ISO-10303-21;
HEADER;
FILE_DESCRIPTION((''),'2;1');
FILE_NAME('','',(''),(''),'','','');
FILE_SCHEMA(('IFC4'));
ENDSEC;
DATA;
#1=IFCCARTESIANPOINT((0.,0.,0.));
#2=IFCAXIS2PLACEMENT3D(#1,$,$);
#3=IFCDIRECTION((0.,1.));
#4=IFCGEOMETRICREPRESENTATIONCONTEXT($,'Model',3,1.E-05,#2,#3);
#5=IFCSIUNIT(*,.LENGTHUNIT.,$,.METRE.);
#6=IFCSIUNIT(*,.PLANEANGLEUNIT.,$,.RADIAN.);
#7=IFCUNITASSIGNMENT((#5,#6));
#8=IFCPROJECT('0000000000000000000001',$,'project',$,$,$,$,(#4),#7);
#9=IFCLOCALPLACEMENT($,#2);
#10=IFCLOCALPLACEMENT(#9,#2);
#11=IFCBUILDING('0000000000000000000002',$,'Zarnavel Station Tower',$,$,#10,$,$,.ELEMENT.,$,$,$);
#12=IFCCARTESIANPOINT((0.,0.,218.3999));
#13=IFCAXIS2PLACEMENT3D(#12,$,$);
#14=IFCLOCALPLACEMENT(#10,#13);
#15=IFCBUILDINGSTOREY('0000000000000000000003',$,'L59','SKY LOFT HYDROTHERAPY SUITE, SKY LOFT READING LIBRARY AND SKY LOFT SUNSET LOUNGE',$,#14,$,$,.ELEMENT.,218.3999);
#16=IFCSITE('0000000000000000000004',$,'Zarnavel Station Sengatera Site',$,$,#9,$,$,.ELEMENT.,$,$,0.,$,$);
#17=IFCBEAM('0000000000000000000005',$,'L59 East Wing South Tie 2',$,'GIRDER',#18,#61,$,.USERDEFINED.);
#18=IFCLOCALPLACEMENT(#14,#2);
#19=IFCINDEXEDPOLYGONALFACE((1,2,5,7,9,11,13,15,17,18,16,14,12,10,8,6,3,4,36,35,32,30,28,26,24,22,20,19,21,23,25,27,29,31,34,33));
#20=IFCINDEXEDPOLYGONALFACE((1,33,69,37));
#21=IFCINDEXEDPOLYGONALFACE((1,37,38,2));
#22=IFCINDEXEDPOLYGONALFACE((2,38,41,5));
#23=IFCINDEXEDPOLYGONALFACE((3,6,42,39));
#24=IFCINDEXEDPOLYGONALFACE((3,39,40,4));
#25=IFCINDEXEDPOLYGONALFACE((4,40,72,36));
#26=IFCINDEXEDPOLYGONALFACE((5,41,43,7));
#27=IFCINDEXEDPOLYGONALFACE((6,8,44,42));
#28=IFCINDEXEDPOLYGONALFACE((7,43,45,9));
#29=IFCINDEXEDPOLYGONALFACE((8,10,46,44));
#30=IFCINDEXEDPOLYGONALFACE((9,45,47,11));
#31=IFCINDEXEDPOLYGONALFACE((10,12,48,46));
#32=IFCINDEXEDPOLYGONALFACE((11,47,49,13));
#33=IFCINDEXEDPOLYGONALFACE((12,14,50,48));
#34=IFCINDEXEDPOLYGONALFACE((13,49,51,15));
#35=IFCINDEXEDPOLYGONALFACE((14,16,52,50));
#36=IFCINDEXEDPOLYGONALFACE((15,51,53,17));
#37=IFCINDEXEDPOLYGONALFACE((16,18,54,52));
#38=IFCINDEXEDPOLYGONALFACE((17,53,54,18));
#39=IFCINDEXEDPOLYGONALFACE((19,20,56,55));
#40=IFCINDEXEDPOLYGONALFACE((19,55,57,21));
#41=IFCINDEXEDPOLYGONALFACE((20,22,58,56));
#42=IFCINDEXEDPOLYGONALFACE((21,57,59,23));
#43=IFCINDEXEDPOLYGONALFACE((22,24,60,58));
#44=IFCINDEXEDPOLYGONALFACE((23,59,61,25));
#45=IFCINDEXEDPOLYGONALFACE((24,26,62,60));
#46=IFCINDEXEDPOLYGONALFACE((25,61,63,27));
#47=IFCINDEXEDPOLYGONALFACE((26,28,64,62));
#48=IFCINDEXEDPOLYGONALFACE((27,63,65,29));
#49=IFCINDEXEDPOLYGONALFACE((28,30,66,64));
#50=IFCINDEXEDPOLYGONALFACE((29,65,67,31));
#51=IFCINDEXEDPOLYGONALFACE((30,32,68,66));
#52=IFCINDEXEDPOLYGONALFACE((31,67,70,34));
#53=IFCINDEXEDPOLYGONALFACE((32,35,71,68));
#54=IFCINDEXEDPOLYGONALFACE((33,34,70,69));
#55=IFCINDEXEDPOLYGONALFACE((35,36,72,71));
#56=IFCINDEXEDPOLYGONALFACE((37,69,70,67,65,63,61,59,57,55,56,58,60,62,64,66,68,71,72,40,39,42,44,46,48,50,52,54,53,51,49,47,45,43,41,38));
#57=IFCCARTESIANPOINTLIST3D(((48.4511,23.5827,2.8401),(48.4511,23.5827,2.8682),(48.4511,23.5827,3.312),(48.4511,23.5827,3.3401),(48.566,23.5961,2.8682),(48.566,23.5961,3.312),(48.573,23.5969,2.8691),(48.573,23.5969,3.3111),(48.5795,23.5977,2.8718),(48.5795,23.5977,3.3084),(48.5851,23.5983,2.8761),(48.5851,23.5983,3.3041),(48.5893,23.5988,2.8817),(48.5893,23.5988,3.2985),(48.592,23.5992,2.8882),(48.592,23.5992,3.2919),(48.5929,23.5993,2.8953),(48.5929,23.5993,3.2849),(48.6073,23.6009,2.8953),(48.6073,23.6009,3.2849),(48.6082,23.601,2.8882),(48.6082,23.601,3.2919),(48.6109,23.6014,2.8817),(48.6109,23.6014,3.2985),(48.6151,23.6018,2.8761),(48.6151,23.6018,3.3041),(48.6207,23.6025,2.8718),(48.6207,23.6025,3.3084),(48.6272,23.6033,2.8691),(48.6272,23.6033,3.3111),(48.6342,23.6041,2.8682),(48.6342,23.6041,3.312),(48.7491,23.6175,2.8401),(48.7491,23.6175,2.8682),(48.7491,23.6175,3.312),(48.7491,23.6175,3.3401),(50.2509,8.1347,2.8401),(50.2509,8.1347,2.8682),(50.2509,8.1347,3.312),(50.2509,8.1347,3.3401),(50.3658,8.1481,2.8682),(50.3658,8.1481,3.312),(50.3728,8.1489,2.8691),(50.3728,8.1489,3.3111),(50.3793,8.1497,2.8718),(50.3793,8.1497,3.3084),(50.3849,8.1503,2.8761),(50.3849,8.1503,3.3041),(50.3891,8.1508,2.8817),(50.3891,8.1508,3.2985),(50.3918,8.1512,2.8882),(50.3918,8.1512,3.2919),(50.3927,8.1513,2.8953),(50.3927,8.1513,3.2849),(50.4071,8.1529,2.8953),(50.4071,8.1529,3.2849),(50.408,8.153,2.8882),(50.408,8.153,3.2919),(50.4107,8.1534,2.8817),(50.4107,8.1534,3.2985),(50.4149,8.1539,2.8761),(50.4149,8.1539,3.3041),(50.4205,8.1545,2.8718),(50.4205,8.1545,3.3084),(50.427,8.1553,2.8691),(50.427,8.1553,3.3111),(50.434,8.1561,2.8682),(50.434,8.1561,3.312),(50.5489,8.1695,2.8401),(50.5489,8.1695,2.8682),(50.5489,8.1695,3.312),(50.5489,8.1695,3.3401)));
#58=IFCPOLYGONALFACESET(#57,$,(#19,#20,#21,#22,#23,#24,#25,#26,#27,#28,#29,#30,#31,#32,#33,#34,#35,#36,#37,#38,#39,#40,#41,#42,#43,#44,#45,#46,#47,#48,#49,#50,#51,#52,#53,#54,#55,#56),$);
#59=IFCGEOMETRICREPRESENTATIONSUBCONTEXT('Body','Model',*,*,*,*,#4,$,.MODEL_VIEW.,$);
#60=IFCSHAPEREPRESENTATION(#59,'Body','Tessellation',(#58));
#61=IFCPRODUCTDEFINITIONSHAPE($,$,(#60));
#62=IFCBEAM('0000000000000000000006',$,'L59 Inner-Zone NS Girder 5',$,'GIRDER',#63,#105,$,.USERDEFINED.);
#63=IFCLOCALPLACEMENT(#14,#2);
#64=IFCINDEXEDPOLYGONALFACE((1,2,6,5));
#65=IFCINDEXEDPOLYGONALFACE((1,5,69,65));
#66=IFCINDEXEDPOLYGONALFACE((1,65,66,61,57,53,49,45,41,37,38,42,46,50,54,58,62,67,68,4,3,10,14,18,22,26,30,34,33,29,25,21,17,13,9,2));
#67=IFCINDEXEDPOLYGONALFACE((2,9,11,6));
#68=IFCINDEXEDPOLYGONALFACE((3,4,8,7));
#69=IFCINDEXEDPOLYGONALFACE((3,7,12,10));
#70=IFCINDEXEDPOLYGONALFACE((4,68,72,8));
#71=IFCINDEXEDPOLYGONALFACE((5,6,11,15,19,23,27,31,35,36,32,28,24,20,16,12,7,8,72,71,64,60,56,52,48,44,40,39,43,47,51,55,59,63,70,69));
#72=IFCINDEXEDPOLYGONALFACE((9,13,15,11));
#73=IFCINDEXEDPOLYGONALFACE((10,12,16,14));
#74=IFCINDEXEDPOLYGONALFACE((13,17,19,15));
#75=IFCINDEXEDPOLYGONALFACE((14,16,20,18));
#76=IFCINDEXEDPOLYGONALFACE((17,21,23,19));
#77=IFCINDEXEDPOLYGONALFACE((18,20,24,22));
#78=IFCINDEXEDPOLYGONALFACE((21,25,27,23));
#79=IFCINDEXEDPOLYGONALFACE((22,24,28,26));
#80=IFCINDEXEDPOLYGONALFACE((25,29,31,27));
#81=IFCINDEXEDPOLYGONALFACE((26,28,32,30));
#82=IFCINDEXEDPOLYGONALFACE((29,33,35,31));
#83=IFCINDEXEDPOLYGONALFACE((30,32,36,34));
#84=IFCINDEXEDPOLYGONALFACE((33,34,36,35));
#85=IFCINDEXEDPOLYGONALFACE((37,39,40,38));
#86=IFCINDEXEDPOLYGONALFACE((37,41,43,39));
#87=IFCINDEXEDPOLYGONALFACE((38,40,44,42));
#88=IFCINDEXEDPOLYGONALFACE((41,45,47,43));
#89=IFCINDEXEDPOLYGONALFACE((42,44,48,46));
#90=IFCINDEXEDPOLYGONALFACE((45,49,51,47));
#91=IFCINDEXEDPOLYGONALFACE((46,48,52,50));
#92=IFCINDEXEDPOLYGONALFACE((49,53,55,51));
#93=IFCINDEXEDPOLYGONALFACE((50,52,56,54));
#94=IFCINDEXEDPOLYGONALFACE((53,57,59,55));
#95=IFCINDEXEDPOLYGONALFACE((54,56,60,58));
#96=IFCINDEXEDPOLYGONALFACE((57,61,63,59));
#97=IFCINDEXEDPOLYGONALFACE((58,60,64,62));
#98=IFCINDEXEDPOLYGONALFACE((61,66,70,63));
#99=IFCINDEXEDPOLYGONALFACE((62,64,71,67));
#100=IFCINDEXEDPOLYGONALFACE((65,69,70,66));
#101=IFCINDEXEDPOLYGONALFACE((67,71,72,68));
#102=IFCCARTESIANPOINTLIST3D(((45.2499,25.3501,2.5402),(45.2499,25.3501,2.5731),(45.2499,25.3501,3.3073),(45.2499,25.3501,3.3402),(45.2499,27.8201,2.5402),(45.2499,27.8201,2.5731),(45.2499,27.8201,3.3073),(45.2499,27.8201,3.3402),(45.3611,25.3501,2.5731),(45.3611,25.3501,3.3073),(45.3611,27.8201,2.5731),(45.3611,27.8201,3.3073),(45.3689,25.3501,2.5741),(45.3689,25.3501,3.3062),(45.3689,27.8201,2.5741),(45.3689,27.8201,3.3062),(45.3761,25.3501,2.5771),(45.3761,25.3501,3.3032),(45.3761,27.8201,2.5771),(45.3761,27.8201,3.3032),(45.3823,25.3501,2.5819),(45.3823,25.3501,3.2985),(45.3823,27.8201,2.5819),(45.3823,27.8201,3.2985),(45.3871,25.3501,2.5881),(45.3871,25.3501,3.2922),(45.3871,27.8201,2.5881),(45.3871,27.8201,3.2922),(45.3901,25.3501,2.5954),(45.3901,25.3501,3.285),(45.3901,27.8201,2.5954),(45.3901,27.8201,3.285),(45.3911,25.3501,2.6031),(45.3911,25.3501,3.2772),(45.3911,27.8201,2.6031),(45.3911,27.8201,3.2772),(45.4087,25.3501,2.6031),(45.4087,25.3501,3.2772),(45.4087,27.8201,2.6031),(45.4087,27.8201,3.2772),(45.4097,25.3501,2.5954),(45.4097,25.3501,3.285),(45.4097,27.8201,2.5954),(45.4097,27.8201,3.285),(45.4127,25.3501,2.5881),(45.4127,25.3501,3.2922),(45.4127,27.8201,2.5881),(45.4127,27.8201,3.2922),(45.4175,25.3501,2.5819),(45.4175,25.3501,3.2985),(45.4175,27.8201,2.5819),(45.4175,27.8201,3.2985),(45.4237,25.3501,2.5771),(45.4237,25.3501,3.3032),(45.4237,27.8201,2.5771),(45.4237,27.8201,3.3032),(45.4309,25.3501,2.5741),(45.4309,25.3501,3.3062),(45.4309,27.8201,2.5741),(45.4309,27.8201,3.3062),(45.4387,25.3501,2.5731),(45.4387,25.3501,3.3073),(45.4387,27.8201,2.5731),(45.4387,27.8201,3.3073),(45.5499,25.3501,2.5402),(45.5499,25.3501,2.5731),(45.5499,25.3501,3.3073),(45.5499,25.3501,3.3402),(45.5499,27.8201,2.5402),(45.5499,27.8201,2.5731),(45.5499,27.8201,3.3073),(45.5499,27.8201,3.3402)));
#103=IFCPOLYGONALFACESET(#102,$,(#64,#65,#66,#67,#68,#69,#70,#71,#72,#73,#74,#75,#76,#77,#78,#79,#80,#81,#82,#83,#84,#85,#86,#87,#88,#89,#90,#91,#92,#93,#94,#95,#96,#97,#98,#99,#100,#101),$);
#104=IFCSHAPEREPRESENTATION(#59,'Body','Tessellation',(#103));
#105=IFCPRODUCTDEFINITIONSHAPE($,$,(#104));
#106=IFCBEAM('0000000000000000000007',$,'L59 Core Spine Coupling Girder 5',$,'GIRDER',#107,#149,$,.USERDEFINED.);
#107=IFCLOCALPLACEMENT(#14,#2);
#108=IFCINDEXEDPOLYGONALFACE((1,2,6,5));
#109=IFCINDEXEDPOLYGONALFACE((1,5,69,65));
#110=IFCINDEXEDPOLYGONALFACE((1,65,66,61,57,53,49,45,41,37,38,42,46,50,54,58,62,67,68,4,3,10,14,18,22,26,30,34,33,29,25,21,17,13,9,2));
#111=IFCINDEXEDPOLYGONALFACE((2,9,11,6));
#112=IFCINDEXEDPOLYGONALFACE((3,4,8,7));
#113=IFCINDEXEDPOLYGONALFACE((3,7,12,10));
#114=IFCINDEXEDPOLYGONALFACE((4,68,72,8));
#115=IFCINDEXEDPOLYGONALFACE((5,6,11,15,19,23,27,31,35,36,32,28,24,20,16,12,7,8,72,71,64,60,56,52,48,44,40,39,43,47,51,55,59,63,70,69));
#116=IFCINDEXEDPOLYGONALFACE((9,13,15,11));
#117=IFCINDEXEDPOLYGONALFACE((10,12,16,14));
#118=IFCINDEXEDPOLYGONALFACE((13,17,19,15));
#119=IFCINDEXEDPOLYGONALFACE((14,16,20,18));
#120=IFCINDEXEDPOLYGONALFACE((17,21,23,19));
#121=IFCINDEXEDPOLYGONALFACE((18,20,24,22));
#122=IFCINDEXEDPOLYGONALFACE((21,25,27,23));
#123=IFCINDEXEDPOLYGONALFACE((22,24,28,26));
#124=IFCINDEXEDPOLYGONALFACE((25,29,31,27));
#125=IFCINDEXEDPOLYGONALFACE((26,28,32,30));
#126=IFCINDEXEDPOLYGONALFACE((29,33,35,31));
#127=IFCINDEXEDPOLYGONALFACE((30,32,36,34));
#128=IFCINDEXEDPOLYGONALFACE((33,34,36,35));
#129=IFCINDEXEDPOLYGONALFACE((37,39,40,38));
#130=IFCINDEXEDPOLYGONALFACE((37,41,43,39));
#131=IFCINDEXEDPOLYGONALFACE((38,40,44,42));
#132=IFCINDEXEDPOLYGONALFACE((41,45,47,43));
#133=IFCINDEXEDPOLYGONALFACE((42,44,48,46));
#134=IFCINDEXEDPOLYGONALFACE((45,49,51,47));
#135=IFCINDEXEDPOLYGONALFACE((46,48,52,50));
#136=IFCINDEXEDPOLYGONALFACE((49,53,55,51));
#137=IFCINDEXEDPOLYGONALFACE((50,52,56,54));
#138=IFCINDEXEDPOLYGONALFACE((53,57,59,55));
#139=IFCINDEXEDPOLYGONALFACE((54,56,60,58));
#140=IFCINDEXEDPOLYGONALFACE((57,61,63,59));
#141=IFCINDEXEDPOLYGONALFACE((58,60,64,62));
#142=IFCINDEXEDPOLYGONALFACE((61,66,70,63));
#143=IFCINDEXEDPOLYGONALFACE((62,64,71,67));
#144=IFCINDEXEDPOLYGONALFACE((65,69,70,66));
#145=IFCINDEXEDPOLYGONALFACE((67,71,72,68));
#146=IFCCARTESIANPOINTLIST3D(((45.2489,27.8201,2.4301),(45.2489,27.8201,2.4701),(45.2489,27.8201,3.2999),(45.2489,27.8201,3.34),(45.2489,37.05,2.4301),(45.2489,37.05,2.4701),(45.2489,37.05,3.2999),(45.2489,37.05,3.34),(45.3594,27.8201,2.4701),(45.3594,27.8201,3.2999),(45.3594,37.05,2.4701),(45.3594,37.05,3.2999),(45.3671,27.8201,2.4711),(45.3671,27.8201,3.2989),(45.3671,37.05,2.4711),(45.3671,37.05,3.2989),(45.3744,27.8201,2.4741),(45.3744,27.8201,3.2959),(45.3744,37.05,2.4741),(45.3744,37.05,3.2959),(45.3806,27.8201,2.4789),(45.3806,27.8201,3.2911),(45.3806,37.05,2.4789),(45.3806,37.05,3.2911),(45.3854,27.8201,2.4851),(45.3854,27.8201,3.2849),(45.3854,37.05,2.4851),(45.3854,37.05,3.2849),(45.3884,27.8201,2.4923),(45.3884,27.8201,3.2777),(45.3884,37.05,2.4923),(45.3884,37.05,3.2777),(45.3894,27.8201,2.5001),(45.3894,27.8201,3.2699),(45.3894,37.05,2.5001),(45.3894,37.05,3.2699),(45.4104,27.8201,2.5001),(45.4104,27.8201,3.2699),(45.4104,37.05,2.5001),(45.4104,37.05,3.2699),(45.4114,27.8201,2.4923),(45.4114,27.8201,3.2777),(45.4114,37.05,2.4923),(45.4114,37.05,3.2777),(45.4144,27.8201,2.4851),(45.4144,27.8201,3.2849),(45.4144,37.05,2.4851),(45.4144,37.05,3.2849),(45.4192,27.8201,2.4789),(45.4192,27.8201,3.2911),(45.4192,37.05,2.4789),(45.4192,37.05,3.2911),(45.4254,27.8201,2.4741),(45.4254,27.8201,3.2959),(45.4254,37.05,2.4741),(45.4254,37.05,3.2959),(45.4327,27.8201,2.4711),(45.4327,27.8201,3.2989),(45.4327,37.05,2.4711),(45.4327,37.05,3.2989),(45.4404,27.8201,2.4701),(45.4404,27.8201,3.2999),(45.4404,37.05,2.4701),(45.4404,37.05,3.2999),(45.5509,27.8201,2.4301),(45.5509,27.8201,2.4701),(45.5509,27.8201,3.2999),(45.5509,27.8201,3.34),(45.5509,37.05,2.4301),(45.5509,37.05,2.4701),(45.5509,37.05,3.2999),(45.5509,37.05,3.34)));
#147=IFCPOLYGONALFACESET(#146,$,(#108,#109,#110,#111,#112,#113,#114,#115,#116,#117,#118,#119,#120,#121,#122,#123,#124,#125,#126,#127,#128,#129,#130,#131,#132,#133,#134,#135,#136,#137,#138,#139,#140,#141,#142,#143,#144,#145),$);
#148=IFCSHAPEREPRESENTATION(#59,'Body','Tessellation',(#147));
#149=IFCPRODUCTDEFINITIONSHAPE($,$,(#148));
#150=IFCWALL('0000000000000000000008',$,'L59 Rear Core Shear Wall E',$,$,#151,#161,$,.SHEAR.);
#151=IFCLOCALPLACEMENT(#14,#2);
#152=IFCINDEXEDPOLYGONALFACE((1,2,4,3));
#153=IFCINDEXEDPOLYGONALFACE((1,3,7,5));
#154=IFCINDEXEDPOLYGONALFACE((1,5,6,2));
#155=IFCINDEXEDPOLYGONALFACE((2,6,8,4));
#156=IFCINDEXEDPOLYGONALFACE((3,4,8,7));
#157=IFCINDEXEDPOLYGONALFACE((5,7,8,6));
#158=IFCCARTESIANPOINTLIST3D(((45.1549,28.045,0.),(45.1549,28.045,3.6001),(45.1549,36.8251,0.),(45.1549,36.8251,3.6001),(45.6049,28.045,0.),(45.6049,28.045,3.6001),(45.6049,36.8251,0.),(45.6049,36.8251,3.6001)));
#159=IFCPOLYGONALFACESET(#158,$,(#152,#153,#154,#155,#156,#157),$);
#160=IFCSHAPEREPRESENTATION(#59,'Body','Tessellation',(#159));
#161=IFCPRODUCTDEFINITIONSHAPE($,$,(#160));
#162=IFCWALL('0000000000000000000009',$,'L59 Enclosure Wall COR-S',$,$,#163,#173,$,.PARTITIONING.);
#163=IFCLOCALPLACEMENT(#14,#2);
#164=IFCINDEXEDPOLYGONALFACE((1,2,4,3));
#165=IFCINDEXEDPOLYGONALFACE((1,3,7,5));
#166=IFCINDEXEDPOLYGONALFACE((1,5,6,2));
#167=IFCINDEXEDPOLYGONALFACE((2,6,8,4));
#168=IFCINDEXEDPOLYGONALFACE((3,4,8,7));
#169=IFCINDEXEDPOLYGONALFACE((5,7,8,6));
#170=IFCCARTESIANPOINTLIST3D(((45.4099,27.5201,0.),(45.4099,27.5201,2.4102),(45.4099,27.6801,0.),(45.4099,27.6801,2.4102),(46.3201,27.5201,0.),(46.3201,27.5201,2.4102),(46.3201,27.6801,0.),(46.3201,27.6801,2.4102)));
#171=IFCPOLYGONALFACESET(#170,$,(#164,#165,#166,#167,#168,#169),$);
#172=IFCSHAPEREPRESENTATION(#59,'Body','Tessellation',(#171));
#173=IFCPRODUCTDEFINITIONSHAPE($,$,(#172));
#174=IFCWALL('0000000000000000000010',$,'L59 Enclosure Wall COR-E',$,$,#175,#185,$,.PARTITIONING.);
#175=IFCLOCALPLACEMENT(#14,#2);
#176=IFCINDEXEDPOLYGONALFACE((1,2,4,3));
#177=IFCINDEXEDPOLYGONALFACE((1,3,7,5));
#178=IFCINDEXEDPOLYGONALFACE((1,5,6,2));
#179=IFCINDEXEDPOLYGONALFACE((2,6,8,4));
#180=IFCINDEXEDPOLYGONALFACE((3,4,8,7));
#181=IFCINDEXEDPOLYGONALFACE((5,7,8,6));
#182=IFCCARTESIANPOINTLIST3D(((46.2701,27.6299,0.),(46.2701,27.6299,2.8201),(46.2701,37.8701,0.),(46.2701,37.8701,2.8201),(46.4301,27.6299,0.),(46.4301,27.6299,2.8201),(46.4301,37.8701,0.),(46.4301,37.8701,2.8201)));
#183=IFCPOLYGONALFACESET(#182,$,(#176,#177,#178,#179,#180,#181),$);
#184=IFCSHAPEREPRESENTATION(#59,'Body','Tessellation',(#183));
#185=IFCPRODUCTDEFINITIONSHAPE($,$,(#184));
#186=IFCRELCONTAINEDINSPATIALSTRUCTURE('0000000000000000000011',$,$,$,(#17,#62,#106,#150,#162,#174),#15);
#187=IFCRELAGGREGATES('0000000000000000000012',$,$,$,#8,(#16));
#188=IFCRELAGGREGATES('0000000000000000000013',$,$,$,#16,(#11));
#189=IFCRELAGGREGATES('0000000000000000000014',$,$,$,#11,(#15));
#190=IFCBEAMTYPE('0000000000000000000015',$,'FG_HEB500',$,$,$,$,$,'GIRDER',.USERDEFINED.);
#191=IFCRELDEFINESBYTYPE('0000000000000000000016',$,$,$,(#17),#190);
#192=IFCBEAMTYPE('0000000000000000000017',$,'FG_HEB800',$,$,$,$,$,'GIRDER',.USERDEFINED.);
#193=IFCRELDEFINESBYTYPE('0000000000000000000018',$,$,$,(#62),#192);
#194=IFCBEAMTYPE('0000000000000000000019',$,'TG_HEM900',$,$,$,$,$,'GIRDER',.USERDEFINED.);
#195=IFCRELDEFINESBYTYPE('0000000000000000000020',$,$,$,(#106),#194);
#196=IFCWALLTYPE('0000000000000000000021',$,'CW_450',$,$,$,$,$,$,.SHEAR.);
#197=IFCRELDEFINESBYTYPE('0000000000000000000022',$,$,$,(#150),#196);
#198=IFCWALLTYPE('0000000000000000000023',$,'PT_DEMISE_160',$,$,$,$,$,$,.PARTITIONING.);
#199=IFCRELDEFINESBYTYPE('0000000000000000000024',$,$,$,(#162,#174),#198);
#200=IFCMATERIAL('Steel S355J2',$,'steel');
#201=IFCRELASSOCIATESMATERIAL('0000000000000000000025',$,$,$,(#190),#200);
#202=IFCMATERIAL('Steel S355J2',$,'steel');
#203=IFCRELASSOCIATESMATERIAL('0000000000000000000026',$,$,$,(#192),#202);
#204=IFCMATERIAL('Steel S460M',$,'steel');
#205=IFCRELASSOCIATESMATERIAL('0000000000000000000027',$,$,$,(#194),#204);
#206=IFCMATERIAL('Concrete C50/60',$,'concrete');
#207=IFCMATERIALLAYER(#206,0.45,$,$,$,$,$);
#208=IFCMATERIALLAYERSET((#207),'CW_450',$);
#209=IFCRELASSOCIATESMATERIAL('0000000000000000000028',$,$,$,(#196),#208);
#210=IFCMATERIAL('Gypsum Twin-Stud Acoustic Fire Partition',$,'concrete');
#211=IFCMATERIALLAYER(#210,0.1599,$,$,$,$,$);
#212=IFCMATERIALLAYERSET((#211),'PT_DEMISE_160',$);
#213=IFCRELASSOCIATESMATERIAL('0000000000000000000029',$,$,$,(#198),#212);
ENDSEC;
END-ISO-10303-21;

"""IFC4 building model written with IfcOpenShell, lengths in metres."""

from ifc_helpers import new_model, si_unit, direction, frame, frame_2d, origin, origin_2d, place, context, subcontext, project, spatial, rectangle, i_section, extrude, material, layer, layer_set, material_profile, profile_set, type_object, element, save


model = new_model("IFC4")

# Units and contexts
model_context = context("Model", 3, precision=1e-05, world=origin(), true_north=direction((0.0, 1.0)))
body_context = subcontext(model_context, "Body", "Model", "MODEL_VIEW")
ifc_project = project(units=[si_unit("LENGTHUNIT", "METRE"), si_unit("PLANEANGLEUNIT", "RADIAN")], contexts=[model_context])

# Site, building, storey
site_placement = place(None, origin())
site = spatial("IfcSite", under=ifc_project, at=site_placement, Name="Zarnavel Station Sengatera Site", CompositionType="ELEMENT", RefElevation=0.0)
building_placement = place(site_placement, origin())
building = spatial("IfcBuilding", under=site, at=building_placement, Name="Zarnavel Station Tower", CompositionType="ELEMENT")
storey_placement = place(building_placement, frame((0.0, 0.0, 218.3999)))
storey = spatial("IfcBuildingStorey", under=building, at=storey_placement, Name="L59", Description="SKY LOFT HYDROTHERAPY SUITE, SKY LOFT READING LIBRARY AND SKY LOFT SUNSET LOUNGE", CompositionType="ELEMENT", Elevation=218.3999)

# Beams
ifc_material_1 = material(Name="Steel S355J2", Category="steel")
ifc_material_profile_1 = material_profile(ifc_material_1, i_section(OverallWidth=0.3, OverallDepth=0.5, WebThickness=0.0144, FlangeThickness=0.0281, FilletRadius=0.0271, at=origin_2d()), Name="HEB500")
ifc_profile_set_1 = profile_set([ifc_material_profile_1], Name="Steel S355J2")
beam_type_1 = type_object("IfcBeamType", Name="FG_HEB500", ElementType="GIRDER", PredefinedType="USERDEFINED", material=ifc_profile_set_1)
beam_1_placement = place(storey_placement, frame((48.6001, 23.6001, 3.0901), z_axis=(0.115725, -0.993281, 0.0), x_axis=(0.993281, 0.115725, 0.0)))
element("IfcBeam", 1, at=beam_1_placement, inside=storey, type_object=beam_type_1, Name="L59 East Wing South Tie 2", ObjectType="GIRDER", PredefinedType="USERDEFINED", context=body_context, shape_type="SweptSolid", body=[
    extrude(i_section(OverallWidth=0.3, OverallDepth=0.5, WebThickness=0.0144, FlangeThickness=0.0281, FilletRadius=0.0271, at=origin_2d()), origin(), (0.0, 0.0, 1.0), 15.5525),
])
ifc_material_2 = material(Name="Steel S355J2", Category="steel")
ifc_material_profile_2 = material_profile(ifc_material_2, i_section(OverallWidth=0.3, OverallDepth=0.8, WebThickness=0.0176, FlangeThickness=0.033, FilletRadius=0.03, at=origin_2d()), Name="HEB800")
ifc_profile_set_2 = profile_set([ifc_material_profile_2], Name="Steel S355J2")
beam_type_2 = type_object("IfcBeamType", Name="FG_HEB800", ElementType="GIRDER", PredefinedType="USERDEFINED", material=ifc_profile_set_2)
beam_2_placement = place(storey_placement, frame((45.3999, 25.3501, 2.9402), z_axis=(0.0, 1.0, 0.0), x_axis=(-1.0, 0.0, 0.0)))
element("IfcBeam", 2, at=beam_2_placement, inside=storey, type_object=beam_type_2, Name="L59 Inner-Zone NS Girder 5", ObjectType="GIRDER", PredefinedType="USERDEFINED", context=body_context, shape_type="SweptSolid", body=[
    extrude(i_section(OverallWidth=0.3, OverallDepth=0.8, WebThickness=0.0176, FlangeThickness=0.033, FilletRadius=0.03, at=origin_2d()), origin(), (0.0, 0.0, 1.0), 2.47),
])
ifc_material_3 = material(Name="Steel S460M", Category="steel")
ifc_material_profile_3 = material_profile(ifc_material_3, i_section(OverallWidth=0.302, OverallDepth=0.9099, WebThickness=0.021, FlangeThickness=0.04, FilletRadius=0.03, at=origin_2d()), Name="HEM900")
ifc_profile_set_3 = profile_set([ifc_material_profile_3], Name="Steel S460M")
beam_type_3 = type_object("IfcBeamType", Name="TG_HEM900", ElementType="GIRDER", PredefinedType="USERDEFINED", material=ifc_profile_set_3)
beam_3_placement = place(storey_placement, frame((45.3999, 27.8201, 2.885), z_axis=(0.0, 1.0, 0.0), x_axis=(-1.0, 0.0, 0.0)))
element("IfcBeam", 3, at=beam_3_placement, inside=storey, type_object=beam_type_3, Name="L59 Core Spine Coupling Girder 5", ObjectType="GIRDER", PredefinedType="USERDEFINED", context=body_context, shape_type="SweptSolid", body=[
    extrude(i_section(OverallWidth=0.302, OverallDepth=0.9099, WebThickness=0.021, FlangeThickness=0.04, FilletRadius=0.03, at=origin_2d()), origin(), (0.0, 0.0, 1.0), 9.23),
])

# Shared definitions
ifc_material_4 = material(Name="Concrete C50/60", Category="concrete")
ifc_layer_1 = layer(ifc_material_4, 0.45)
ifc_layer_set_1 = layer_set([ifc_layer_1], Name="CW_450")
wall_type_1 = type_object("IfcWallType", Name="CW_450", PredefinedType="SHEAR", material=ifc_layer_set_1)

# Walls
wall_1_placement = place(storey_placement, frame((45.3799, 28.0449, 0.0), z_axis=(0.0, 0.0, 1.0), x_axis=(0.0, 1.0, 0.0)))
element("IfcWall", 4, at=wall_1_placement, inside=storey, type_object=wall_type_1, Name="L59 Rear Core Shear Wall E", PredefinedType="SHEAR", context=body_context, shape_type="SweptSolid", body=[
    extrude(rectangle(XDim=8.78, YDim=0.45, at=frame_2d((4.3901, 0.0))), origin(), (0.0, 0.0, 1.0), 3.6001),
])
ifc_material_5 = material(Name="Gypsum Twin-Stud Acoustic Fire Partition", Category="concrete")
ifc_layer_2 = layer(ifc_material_5, 0.1599)
ifc_layer_set_2 = layer_set([ifc_layer_2], Name="PT_DEMISE_160")
wall_type_2 = type_object("IfcWallType", Name="PT_DEMISE_160", PredefinedType="PARTITIONING", material=ifc_layer_set_2)
wall_2_placement = place(storey_placement, frame((45.4099, 27.6001, 0.0), z_axis=(0.0, 0.0, 1.0), x_axis=(1.0, 0.0, 0.0)))
element("IfcWall", 5, at=wall_2_placement, inside=storey, type_object=wall_type_2, Name="L59 Enclosure Wall COR-S", PredefinedType="PARTITIONING", context=body_context, shape_type="SweptSolid", body=[
    extrude(rectangle(XDim=0.9102, YDim=0.1599, at=frame_2d((0.4551, 0.0))), origin(), (0.0, 0.0, 1.0), 2.4102),
])
wall_3_placement = place(storey_placement, frame((46.3501, 27.6299, 0.0), z_axis=(0.0, 0.0, 1.0), x_axis=(0.0, 1.0, 0.0)))
element("IfcWall", 6, at=wall_3_placement, inside=storey, type_object=wall_type_2, Name="L59 Enclosure Wall COR-E", PredefinedType="PARTITIONING", context=body_context, shape_type="SweptSolid", body=[
    extrude(rectangle(XDim=10.2402, YDim=0.1599, at=frame_2d((5.1201, 0.0))), origin(), (0.0, 0.0, 1.0), 2.8201),
])

save(model, "model.ifc")
